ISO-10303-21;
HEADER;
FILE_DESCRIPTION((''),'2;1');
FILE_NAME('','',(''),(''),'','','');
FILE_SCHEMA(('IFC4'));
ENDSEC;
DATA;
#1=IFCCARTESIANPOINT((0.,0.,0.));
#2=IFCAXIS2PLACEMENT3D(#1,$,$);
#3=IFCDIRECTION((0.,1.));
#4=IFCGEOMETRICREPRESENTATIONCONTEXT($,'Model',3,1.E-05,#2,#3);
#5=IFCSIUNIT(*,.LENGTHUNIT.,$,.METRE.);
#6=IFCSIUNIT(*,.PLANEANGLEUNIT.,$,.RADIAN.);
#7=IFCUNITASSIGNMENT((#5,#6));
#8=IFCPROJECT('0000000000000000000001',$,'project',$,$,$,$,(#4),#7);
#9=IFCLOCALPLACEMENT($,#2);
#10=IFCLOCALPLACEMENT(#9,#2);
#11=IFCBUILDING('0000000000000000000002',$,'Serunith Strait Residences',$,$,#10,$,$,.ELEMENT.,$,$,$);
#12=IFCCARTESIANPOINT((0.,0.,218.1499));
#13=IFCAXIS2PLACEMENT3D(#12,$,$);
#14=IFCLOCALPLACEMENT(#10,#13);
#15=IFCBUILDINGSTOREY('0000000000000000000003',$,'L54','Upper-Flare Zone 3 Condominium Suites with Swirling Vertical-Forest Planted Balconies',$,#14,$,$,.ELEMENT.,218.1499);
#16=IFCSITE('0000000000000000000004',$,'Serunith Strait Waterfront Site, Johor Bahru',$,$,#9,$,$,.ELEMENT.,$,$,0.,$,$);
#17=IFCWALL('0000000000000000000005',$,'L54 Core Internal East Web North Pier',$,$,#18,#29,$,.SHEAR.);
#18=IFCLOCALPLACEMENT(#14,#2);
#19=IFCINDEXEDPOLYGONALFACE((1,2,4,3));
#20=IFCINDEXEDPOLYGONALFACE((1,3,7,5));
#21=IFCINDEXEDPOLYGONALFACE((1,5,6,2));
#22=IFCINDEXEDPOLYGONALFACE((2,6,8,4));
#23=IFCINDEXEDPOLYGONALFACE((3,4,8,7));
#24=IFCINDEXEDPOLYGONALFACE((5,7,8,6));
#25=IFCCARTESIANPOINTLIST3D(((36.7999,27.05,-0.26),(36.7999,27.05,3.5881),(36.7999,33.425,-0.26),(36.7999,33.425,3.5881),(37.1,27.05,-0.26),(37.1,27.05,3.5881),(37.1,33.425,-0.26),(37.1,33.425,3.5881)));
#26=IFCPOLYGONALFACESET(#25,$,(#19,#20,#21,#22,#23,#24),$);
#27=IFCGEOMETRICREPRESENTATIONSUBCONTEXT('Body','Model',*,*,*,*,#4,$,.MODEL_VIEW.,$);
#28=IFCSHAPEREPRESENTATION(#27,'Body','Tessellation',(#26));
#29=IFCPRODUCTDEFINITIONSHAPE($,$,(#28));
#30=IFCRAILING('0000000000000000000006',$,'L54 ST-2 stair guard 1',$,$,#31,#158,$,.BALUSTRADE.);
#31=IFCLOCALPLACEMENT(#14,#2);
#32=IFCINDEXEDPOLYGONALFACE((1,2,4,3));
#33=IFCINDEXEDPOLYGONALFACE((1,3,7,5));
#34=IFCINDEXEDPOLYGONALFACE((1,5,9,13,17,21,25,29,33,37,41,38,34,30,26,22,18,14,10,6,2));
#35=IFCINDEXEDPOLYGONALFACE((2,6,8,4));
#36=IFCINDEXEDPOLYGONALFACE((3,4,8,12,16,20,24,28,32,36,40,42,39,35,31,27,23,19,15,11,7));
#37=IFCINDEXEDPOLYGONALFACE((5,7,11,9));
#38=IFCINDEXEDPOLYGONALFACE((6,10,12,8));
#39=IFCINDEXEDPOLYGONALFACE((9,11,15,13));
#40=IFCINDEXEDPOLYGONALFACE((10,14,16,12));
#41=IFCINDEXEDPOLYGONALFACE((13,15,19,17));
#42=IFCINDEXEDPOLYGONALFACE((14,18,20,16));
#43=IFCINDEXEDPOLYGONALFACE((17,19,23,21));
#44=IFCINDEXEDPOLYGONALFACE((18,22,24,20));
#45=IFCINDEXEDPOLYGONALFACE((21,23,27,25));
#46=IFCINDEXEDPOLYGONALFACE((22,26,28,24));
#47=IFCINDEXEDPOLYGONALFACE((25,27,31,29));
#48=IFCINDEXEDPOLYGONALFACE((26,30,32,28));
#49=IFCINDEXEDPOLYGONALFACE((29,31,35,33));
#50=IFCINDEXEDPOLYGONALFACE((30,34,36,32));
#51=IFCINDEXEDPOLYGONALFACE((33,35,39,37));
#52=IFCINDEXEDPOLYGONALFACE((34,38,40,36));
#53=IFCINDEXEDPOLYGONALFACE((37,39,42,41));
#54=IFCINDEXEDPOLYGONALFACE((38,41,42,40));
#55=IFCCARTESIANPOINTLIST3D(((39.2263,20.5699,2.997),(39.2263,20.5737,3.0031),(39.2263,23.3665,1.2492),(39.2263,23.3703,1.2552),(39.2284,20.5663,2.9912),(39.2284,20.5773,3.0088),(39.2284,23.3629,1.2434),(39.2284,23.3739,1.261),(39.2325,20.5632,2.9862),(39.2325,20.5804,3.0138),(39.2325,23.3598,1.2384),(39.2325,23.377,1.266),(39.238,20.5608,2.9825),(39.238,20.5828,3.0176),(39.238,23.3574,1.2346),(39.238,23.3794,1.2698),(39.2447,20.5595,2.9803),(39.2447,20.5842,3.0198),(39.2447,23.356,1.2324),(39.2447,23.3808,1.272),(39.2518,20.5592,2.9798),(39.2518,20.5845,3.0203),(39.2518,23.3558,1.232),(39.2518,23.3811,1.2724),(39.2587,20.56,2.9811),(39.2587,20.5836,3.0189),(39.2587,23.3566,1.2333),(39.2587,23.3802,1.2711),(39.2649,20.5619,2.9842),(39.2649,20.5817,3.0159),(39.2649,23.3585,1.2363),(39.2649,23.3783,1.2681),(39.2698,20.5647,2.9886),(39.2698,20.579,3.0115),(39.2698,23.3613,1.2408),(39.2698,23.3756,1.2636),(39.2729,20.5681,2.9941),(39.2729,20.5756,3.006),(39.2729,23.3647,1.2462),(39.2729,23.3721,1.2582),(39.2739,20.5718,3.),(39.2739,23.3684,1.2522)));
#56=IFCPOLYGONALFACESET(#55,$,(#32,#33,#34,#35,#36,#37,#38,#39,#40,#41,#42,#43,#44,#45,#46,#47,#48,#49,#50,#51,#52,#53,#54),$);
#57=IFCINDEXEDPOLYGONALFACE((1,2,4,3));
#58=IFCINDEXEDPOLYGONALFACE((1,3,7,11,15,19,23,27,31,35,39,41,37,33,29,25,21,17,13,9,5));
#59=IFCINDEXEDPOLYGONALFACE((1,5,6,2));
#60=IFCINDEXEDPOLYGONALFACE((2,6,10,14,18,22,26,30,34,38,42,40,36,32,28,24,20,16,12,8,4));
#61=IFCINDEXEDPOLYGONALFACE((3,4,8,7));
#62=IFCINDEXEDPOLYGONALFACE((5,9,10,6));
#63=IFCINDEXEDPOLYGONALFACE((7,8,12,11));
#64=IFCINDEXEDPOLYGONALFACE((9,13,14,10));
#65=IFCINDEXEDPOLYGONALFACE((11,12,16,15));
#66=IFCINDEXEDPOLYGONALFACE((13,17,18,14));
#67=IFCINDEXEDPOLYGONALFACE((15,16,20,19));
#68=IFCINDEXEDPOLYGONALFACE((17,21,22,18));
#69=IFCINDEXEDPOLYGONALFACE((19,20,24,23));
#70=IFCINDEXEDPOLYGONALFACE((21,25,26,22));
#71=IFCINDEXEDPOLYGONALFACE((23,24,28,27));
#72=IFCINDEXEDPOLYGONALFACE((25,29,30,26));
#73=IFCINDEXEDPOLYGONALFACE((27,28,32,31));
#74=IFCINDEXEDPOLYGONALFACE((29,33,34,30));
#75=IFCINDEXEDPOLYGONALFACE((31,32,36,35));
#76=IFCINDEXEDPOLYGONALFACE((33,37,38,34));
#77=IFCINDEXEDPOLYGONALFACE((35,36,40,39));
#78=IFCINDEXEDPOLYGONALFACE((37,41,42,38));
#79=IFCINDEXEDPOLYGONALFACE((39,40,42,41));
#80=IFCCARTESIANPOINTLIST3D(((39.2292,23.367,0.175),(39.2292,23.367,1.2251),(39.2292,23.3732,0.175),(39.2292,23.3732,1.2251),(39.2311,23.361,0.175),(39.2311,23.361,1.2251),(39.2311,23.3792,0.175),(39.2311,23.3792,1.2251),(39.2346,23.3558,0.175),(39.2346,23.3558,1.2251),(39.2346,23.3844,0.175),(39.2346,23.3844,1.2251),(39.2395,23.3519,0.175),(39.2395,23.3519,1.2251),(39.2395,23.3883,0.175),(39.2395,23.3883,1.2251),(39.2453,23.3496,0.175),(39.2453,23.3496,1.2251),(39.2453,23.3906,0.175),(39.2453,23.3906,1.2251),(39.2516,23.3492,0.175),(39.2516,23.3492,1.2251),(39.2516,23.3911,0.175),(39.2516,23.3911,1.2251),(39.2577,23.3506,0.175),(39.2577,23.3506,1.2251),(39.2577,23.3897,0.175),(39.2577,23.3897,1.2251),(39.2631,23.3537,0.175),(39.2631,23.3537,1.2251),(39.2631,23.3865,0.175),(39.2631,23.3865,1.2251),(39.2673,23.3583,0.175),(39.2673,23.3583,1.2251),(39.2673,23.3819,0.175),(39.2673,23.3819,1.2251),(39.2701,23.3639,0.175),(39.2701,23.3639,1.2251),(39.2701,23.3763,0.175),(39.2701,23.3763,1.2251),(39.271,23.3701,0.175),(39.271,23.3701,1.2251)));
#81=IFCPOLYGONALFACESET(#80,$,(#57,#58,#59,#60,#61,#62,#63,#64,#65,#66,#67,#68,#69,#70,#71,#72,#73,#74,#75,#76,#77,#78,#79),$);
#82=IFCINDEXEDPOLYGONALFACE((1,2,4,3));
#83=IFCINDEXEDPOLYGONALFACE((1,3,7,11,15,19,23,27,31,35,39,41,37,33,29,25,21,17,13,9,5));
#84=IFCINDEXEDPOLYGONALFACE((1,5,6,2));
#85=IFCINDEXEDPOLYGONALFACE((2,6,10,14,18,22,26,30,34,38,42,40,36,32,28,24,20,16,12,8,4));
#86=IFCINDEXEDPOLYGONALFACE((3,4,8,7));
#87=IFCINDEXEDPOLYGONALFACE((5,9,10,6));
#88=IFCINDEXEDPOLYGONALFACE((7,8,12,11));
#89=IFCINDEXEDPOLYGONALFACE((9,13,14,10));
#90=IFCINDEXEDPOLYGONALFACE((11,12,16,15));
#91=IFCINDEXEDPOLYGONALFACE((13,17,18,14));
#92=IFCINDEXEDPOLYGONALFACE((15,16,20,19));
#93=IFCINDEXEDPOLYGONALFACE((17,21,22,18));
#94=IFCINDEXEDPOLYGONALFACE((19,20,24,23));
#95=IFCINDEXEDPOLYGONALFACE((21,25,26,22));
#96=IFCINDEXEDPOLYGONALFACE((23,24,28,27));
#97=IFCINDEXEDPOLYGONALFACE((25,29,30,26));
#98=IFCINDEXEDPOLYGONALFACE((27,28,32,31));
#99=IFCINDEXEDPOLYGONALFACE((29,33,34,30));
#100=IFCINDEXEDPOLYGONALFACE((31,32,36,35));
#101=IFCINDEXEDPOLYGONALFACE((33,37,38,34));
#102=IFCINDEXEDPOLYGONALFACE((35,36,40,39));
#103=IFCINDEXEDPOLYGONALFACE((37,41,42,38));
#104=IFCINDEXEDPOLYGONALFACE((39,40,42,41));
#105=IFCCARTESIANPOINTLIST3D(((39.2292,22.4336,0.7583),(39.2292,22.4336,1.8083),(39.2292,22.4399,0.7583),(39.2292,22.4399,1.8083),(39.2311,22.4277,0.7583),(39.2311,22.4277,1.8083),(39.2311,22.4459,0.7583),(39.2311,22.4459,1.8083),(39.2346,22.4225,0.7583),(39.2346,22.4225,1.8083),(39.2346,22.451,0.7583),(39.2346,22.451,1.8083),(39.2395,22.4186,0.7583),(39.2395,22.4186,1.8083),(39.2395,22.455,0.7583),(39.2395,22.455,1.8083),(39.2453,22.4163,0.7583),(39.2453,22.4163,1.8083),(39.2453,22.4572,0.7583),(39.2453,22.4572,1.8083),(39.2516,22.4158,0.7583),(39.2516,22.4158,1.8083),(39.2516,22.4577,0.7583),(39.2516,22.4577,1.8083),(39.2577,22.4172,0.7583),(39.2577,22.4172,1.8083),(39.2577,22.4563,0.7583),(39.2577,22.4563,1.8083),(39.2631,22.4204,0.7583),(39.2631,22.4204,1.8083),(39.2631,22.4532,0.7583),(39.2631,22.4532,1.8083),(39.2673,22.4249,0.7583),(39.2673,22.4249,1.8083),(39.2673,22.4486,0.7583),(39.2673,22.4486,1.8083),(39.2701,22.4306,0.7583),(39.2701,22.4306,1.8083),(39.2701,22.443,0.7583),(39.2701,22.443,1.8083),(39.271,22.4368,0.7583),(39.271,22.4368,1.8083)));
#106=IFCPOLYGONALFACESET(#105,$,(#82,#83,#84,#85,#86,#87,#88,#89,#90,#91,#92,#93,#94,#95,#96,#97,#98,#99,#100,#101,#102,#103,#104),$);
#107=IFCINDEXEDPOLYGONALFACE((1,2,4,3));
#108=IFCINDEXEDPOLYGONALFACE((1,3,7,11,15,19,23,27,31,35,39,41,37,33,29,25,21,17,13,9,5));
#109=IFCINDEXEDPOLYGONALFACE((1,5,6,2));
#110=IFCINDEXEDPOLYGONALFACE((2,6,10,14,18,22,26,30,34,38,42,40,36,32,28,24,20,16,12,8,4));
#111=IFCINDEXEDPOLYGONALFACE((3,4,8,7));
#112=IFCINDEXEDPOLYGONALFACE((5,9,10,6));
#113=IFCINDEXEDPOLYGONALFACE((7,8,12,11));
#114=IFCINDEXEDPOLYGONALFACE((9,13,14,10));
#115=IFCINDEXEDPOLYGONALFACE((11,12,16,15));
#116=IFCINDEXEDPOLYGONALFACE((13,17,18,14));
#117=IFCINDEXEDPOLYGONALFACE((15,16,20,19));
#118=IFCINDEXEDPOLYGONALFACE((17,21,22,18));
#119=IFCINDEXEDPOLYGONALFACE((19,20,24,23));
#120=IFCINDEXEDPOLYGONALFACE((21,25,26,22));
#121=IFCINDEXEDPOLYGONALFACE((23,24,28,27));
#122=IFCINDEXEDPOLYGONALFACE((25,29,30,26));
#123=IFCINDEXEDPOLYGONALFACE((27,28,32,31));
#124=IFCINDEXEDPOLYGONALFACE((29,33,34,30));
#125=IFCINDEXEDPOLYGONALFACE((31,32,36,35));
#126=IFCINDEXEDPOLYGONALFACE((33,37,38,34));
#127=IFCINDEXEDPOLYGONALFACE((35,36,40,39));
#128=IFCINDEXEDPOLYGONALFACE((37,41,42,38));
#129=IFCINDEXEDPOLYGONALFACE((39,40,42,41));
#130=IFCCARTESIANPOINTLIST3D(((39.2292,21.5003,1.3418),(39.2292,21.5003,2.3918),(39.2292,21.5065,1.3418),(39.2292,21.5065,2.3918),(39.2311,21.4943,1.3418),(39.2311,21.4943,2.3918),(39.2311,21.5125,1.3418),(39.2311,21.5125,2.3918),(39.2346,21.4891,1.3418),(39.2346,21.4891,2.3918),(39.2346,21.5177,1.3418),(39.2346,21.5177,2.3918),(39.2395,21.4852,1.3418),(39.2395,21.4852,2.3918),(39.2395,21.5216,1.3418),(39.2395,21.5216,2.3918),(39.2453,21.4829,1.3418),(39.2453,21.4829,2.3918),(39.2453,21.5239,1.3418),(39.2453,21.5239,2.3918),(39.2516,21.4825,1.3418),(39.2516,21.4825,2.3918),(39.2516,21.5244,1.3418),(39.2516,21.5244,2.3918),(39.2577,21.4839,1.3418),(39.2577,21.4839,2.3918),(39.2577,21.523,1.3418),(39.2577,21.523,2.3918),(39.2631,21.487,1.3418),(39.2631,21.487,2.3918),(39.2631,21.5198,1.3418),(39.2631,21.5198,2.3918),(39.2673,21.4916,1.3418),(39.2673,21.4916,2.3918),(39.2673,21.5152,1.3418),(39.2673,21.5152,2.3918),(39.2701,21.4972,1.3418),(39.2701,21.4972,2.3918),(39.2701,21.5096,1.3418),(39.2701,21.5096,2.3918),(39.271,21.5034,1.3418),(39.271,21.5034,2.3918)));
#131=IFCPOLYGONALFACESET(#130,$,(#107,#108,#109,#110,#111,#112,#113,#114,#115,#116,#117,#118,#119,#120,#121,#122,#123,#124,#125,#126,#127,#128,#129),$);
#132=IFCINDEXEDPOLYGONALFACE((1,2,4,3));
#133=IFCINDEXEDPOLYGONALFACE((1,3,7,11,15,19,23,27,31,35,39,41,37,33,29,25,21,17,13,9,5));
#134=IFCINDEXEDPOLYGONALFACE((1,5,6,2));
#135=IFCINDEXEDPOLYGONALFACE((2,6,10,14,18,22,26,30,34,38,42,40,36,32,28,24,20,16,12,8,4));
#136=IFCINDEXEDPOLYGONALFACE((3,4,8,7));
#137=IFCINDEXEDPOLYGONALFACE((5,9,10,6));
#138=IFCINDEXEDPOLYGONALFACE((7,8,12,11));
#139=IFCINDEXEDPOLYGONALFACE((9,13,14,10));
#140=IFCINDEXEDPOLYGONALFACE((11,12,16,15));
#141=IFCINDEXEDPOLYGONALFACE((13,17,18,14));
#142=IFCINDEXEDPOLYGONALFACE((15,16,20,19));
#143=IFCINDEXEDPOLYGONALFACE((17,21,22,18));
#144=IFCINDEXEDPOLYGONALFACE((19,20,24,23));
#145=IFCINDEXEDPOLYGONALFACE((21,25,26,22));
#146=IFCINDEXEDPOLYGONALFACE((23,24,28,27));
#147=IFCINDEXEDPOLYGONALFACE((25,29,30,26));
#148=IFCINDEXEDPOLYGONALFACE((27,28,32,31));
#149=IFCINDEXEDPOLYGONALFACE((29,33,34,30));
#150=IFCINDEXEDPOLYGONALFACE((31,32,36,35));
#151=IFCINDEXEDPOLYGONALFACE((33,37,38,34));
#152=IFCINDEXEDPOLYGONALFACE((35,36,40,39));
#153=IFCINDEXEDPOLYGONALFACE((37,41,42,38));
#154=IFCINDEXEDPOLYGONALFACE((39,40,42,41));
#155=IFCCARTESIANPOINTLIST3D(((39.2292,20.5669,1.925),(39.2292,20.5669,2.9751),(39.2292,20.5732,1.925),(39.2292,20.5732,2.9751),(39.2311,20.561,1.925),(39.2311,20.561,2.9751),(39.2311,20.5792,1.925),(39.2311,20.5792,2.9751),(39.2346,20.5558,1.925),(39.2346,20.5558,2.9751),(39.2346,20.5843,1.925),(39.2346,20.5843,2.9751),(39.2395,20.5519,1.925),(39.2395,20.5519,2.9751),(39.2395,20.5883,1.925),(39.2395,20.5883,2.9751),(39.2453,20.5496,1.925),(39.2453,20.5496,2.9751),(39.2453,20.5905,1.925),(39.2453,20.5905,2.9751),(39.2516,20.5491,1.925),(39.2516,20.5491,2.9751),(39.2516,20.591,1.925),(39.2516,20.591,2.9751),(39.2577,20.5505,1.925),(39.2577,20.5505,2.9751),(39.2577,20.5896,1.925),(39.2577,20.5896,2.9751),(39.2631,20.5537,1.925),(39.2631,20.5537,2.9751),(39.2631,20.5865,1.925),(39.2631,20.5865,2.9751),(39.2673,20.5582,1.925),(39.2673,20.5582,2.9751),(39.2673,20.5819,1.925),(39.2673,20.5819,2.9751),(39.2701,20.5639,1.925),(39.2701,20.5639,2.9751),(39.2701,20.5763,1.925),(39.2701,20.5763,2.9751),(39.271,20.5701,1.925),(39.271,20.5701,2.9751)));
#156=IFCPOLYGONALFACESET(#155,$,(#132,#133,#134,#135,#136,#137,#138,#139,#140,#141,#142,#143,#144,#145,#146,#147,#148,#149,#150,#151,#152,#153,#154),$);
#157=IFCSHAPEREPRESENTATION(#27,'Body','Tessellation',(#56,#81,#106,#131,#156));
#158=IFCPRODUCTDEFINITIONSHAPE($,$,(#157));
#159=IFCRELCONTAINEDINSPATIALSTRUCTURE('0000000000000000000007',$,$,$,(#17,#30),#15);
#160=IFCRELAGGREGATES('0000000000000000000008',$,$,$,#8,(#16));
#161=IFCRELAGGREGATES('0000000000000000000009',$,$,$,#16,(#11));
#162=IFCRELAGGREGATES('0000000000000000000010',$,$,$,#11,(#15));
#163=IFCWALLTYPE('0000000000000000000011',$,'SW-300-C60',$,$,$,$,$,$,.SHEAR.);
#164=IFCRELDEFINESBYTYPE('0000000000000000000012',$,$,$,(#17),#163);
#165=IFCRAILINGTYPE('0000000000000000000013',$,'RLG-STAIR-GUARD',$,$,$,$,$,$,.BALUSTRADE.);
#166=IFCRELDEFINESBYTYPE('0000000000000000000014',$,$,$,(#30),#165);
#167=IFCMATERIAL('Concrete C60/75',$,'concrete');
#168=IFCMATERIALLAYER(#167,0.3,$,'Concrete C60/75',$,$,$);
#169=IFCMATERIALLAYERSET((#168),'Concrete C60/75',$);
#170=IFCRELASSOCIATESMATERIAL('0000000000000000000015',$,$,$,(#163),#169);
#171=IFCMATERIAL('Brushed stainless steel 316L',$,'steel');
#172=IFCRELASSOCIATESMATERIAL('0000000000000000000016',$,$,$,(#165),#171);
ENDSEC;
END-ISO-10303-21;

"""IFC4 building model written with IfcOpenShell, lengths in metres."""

from ifc_helpers import new_model, si_unit, direction, frame, frame_2d, origin, origin_2d, place, context, subcontext, project, spatial, rectangle, circle, extrude, material, layer, layer_set, type_object, element, save


model = new_model("IFC4")

# Units and contexts
model_context = context("Model", 3, precision=1e-05, world=origin(), true_north=direction((0.0, 1.0)))
body_context = subcontext(model_context, "Body", "Model", "MODEL_VIEW")
ifc_project = project(units=[si_unit("LENGTHUNIT", "METRE"), si_unit("PLANEANGLEUNIT", "RADIAN")], contexts=[model_context])

# Site, building, storey
site_placement = place(None, origin())
site = spatial("IfcSite", under=ifc_project, at=site_placement, Name="Serunith Strait Waterfront Site, Johor Bahru", CompositionType="ELEMENT", RefElevation=0.0)
building_placement = place(site_placement, origin())
building = spatial("IfcBuilding", under=site, at=building_placement, Name="Serunith Strait Residences", CompositionType="ELEMENT")
storey_placement = place(building_placement, frame((0.0, 0.0, 218.1499)))
storey = spatial("IfcBuildingStorey", under=building, at=storey_placement, Name="L54", Description="Upper-Flare Zone 3 Condominium Suites with Swirling Vertical-Forest Planted Balconies", CompositionType="ELEMENT", Elevation=218.1499)

# Wall
ifc_material_1 = material(Name="Concrete C60/75", Category="concrete")
ifc_layer_1 = layer(ifc_material_1, 0.3, Name="Concrete C60/75")
ifc_layer_set_1 = layer_set([ifc_layer_1], Name="Concrete C60/75")
wall_type_1 = type_object("IfcWallType", Name="SW-300-C60", PredefinedType="SHEAR", material=ifc_layer_set_1)
wall_1_placement = place(storey_placement, frame((36.95, 27.05, -0.26), z_axis=(0.0, 0.0, 1.0), x_axis=(0.0, 1.0, 0.0)))
element("IfcWall", 1, at=wall_1_placement, inside=storey, type_object=wall_type_1, Name="L54 Core Internal East Web North Pier", PredefinedType="SHEAR", context=body_context, shape_type="SweptSolid", body=[
    extrude(rectangle(XDim=6.375, YDim=0.3, at=frame_2d((3.1875, 0.0))), origin(), (0.0, 0.0, 1.0), 3.8481),
])

# Railing
ifc_material_2 = material(Name="Brushed stainless steel 316L", Category="steel")
railing_type = type_object("IfcRailingType", Name="RLG-STAIR-GUARD", PredefinedType="BALUSTRADE", material=ifc_material_2)
railing_1_placement = place(storey_placement, frame((39.25, 23.3701, 0.175)))
element("IfcRailing", 2, at=railing_1_placement, inside=storey, type_object=railing_type, Name="L54 ST-2 stair guard 1", PredefinedType="BALUSTRADE", context=body_context, shape_type="SweptSolid", body=[
    extrude(circle(Radius=0.0239, at=origin_2d()), frame((0.0, -0.0017, 1.0771), z_axis=(0.0, -0.848002, 0.529992), x_axis=(1.0, 0.0, 0.0)), (0.0, 0.0, 1.0), 3.2979),
    extrude(circle(Radius=0.021, at=origin_2d()), origin(), (0.0, 0.0, 1.0), 1.05),
    extrude(circle(Radius=0.021, at=origin_2d()), frame((0.0, -0.9333, 0.5833)), (0.0, 0.0, 1.0), 1.05),
    extrude(circle(Radius=0.021, at=origin_2d()), frame((0.0, -1.8667, 1.1667)), (0.0, 0.0, 1.0), 1.05),
    extrude(circle(Radius=0.021, at=origin_2d()), frame((0.0, -2.8, 1.75)), (0.0, 0.0, 1.0), 1.05),
])

save(model, "model.ifc")
